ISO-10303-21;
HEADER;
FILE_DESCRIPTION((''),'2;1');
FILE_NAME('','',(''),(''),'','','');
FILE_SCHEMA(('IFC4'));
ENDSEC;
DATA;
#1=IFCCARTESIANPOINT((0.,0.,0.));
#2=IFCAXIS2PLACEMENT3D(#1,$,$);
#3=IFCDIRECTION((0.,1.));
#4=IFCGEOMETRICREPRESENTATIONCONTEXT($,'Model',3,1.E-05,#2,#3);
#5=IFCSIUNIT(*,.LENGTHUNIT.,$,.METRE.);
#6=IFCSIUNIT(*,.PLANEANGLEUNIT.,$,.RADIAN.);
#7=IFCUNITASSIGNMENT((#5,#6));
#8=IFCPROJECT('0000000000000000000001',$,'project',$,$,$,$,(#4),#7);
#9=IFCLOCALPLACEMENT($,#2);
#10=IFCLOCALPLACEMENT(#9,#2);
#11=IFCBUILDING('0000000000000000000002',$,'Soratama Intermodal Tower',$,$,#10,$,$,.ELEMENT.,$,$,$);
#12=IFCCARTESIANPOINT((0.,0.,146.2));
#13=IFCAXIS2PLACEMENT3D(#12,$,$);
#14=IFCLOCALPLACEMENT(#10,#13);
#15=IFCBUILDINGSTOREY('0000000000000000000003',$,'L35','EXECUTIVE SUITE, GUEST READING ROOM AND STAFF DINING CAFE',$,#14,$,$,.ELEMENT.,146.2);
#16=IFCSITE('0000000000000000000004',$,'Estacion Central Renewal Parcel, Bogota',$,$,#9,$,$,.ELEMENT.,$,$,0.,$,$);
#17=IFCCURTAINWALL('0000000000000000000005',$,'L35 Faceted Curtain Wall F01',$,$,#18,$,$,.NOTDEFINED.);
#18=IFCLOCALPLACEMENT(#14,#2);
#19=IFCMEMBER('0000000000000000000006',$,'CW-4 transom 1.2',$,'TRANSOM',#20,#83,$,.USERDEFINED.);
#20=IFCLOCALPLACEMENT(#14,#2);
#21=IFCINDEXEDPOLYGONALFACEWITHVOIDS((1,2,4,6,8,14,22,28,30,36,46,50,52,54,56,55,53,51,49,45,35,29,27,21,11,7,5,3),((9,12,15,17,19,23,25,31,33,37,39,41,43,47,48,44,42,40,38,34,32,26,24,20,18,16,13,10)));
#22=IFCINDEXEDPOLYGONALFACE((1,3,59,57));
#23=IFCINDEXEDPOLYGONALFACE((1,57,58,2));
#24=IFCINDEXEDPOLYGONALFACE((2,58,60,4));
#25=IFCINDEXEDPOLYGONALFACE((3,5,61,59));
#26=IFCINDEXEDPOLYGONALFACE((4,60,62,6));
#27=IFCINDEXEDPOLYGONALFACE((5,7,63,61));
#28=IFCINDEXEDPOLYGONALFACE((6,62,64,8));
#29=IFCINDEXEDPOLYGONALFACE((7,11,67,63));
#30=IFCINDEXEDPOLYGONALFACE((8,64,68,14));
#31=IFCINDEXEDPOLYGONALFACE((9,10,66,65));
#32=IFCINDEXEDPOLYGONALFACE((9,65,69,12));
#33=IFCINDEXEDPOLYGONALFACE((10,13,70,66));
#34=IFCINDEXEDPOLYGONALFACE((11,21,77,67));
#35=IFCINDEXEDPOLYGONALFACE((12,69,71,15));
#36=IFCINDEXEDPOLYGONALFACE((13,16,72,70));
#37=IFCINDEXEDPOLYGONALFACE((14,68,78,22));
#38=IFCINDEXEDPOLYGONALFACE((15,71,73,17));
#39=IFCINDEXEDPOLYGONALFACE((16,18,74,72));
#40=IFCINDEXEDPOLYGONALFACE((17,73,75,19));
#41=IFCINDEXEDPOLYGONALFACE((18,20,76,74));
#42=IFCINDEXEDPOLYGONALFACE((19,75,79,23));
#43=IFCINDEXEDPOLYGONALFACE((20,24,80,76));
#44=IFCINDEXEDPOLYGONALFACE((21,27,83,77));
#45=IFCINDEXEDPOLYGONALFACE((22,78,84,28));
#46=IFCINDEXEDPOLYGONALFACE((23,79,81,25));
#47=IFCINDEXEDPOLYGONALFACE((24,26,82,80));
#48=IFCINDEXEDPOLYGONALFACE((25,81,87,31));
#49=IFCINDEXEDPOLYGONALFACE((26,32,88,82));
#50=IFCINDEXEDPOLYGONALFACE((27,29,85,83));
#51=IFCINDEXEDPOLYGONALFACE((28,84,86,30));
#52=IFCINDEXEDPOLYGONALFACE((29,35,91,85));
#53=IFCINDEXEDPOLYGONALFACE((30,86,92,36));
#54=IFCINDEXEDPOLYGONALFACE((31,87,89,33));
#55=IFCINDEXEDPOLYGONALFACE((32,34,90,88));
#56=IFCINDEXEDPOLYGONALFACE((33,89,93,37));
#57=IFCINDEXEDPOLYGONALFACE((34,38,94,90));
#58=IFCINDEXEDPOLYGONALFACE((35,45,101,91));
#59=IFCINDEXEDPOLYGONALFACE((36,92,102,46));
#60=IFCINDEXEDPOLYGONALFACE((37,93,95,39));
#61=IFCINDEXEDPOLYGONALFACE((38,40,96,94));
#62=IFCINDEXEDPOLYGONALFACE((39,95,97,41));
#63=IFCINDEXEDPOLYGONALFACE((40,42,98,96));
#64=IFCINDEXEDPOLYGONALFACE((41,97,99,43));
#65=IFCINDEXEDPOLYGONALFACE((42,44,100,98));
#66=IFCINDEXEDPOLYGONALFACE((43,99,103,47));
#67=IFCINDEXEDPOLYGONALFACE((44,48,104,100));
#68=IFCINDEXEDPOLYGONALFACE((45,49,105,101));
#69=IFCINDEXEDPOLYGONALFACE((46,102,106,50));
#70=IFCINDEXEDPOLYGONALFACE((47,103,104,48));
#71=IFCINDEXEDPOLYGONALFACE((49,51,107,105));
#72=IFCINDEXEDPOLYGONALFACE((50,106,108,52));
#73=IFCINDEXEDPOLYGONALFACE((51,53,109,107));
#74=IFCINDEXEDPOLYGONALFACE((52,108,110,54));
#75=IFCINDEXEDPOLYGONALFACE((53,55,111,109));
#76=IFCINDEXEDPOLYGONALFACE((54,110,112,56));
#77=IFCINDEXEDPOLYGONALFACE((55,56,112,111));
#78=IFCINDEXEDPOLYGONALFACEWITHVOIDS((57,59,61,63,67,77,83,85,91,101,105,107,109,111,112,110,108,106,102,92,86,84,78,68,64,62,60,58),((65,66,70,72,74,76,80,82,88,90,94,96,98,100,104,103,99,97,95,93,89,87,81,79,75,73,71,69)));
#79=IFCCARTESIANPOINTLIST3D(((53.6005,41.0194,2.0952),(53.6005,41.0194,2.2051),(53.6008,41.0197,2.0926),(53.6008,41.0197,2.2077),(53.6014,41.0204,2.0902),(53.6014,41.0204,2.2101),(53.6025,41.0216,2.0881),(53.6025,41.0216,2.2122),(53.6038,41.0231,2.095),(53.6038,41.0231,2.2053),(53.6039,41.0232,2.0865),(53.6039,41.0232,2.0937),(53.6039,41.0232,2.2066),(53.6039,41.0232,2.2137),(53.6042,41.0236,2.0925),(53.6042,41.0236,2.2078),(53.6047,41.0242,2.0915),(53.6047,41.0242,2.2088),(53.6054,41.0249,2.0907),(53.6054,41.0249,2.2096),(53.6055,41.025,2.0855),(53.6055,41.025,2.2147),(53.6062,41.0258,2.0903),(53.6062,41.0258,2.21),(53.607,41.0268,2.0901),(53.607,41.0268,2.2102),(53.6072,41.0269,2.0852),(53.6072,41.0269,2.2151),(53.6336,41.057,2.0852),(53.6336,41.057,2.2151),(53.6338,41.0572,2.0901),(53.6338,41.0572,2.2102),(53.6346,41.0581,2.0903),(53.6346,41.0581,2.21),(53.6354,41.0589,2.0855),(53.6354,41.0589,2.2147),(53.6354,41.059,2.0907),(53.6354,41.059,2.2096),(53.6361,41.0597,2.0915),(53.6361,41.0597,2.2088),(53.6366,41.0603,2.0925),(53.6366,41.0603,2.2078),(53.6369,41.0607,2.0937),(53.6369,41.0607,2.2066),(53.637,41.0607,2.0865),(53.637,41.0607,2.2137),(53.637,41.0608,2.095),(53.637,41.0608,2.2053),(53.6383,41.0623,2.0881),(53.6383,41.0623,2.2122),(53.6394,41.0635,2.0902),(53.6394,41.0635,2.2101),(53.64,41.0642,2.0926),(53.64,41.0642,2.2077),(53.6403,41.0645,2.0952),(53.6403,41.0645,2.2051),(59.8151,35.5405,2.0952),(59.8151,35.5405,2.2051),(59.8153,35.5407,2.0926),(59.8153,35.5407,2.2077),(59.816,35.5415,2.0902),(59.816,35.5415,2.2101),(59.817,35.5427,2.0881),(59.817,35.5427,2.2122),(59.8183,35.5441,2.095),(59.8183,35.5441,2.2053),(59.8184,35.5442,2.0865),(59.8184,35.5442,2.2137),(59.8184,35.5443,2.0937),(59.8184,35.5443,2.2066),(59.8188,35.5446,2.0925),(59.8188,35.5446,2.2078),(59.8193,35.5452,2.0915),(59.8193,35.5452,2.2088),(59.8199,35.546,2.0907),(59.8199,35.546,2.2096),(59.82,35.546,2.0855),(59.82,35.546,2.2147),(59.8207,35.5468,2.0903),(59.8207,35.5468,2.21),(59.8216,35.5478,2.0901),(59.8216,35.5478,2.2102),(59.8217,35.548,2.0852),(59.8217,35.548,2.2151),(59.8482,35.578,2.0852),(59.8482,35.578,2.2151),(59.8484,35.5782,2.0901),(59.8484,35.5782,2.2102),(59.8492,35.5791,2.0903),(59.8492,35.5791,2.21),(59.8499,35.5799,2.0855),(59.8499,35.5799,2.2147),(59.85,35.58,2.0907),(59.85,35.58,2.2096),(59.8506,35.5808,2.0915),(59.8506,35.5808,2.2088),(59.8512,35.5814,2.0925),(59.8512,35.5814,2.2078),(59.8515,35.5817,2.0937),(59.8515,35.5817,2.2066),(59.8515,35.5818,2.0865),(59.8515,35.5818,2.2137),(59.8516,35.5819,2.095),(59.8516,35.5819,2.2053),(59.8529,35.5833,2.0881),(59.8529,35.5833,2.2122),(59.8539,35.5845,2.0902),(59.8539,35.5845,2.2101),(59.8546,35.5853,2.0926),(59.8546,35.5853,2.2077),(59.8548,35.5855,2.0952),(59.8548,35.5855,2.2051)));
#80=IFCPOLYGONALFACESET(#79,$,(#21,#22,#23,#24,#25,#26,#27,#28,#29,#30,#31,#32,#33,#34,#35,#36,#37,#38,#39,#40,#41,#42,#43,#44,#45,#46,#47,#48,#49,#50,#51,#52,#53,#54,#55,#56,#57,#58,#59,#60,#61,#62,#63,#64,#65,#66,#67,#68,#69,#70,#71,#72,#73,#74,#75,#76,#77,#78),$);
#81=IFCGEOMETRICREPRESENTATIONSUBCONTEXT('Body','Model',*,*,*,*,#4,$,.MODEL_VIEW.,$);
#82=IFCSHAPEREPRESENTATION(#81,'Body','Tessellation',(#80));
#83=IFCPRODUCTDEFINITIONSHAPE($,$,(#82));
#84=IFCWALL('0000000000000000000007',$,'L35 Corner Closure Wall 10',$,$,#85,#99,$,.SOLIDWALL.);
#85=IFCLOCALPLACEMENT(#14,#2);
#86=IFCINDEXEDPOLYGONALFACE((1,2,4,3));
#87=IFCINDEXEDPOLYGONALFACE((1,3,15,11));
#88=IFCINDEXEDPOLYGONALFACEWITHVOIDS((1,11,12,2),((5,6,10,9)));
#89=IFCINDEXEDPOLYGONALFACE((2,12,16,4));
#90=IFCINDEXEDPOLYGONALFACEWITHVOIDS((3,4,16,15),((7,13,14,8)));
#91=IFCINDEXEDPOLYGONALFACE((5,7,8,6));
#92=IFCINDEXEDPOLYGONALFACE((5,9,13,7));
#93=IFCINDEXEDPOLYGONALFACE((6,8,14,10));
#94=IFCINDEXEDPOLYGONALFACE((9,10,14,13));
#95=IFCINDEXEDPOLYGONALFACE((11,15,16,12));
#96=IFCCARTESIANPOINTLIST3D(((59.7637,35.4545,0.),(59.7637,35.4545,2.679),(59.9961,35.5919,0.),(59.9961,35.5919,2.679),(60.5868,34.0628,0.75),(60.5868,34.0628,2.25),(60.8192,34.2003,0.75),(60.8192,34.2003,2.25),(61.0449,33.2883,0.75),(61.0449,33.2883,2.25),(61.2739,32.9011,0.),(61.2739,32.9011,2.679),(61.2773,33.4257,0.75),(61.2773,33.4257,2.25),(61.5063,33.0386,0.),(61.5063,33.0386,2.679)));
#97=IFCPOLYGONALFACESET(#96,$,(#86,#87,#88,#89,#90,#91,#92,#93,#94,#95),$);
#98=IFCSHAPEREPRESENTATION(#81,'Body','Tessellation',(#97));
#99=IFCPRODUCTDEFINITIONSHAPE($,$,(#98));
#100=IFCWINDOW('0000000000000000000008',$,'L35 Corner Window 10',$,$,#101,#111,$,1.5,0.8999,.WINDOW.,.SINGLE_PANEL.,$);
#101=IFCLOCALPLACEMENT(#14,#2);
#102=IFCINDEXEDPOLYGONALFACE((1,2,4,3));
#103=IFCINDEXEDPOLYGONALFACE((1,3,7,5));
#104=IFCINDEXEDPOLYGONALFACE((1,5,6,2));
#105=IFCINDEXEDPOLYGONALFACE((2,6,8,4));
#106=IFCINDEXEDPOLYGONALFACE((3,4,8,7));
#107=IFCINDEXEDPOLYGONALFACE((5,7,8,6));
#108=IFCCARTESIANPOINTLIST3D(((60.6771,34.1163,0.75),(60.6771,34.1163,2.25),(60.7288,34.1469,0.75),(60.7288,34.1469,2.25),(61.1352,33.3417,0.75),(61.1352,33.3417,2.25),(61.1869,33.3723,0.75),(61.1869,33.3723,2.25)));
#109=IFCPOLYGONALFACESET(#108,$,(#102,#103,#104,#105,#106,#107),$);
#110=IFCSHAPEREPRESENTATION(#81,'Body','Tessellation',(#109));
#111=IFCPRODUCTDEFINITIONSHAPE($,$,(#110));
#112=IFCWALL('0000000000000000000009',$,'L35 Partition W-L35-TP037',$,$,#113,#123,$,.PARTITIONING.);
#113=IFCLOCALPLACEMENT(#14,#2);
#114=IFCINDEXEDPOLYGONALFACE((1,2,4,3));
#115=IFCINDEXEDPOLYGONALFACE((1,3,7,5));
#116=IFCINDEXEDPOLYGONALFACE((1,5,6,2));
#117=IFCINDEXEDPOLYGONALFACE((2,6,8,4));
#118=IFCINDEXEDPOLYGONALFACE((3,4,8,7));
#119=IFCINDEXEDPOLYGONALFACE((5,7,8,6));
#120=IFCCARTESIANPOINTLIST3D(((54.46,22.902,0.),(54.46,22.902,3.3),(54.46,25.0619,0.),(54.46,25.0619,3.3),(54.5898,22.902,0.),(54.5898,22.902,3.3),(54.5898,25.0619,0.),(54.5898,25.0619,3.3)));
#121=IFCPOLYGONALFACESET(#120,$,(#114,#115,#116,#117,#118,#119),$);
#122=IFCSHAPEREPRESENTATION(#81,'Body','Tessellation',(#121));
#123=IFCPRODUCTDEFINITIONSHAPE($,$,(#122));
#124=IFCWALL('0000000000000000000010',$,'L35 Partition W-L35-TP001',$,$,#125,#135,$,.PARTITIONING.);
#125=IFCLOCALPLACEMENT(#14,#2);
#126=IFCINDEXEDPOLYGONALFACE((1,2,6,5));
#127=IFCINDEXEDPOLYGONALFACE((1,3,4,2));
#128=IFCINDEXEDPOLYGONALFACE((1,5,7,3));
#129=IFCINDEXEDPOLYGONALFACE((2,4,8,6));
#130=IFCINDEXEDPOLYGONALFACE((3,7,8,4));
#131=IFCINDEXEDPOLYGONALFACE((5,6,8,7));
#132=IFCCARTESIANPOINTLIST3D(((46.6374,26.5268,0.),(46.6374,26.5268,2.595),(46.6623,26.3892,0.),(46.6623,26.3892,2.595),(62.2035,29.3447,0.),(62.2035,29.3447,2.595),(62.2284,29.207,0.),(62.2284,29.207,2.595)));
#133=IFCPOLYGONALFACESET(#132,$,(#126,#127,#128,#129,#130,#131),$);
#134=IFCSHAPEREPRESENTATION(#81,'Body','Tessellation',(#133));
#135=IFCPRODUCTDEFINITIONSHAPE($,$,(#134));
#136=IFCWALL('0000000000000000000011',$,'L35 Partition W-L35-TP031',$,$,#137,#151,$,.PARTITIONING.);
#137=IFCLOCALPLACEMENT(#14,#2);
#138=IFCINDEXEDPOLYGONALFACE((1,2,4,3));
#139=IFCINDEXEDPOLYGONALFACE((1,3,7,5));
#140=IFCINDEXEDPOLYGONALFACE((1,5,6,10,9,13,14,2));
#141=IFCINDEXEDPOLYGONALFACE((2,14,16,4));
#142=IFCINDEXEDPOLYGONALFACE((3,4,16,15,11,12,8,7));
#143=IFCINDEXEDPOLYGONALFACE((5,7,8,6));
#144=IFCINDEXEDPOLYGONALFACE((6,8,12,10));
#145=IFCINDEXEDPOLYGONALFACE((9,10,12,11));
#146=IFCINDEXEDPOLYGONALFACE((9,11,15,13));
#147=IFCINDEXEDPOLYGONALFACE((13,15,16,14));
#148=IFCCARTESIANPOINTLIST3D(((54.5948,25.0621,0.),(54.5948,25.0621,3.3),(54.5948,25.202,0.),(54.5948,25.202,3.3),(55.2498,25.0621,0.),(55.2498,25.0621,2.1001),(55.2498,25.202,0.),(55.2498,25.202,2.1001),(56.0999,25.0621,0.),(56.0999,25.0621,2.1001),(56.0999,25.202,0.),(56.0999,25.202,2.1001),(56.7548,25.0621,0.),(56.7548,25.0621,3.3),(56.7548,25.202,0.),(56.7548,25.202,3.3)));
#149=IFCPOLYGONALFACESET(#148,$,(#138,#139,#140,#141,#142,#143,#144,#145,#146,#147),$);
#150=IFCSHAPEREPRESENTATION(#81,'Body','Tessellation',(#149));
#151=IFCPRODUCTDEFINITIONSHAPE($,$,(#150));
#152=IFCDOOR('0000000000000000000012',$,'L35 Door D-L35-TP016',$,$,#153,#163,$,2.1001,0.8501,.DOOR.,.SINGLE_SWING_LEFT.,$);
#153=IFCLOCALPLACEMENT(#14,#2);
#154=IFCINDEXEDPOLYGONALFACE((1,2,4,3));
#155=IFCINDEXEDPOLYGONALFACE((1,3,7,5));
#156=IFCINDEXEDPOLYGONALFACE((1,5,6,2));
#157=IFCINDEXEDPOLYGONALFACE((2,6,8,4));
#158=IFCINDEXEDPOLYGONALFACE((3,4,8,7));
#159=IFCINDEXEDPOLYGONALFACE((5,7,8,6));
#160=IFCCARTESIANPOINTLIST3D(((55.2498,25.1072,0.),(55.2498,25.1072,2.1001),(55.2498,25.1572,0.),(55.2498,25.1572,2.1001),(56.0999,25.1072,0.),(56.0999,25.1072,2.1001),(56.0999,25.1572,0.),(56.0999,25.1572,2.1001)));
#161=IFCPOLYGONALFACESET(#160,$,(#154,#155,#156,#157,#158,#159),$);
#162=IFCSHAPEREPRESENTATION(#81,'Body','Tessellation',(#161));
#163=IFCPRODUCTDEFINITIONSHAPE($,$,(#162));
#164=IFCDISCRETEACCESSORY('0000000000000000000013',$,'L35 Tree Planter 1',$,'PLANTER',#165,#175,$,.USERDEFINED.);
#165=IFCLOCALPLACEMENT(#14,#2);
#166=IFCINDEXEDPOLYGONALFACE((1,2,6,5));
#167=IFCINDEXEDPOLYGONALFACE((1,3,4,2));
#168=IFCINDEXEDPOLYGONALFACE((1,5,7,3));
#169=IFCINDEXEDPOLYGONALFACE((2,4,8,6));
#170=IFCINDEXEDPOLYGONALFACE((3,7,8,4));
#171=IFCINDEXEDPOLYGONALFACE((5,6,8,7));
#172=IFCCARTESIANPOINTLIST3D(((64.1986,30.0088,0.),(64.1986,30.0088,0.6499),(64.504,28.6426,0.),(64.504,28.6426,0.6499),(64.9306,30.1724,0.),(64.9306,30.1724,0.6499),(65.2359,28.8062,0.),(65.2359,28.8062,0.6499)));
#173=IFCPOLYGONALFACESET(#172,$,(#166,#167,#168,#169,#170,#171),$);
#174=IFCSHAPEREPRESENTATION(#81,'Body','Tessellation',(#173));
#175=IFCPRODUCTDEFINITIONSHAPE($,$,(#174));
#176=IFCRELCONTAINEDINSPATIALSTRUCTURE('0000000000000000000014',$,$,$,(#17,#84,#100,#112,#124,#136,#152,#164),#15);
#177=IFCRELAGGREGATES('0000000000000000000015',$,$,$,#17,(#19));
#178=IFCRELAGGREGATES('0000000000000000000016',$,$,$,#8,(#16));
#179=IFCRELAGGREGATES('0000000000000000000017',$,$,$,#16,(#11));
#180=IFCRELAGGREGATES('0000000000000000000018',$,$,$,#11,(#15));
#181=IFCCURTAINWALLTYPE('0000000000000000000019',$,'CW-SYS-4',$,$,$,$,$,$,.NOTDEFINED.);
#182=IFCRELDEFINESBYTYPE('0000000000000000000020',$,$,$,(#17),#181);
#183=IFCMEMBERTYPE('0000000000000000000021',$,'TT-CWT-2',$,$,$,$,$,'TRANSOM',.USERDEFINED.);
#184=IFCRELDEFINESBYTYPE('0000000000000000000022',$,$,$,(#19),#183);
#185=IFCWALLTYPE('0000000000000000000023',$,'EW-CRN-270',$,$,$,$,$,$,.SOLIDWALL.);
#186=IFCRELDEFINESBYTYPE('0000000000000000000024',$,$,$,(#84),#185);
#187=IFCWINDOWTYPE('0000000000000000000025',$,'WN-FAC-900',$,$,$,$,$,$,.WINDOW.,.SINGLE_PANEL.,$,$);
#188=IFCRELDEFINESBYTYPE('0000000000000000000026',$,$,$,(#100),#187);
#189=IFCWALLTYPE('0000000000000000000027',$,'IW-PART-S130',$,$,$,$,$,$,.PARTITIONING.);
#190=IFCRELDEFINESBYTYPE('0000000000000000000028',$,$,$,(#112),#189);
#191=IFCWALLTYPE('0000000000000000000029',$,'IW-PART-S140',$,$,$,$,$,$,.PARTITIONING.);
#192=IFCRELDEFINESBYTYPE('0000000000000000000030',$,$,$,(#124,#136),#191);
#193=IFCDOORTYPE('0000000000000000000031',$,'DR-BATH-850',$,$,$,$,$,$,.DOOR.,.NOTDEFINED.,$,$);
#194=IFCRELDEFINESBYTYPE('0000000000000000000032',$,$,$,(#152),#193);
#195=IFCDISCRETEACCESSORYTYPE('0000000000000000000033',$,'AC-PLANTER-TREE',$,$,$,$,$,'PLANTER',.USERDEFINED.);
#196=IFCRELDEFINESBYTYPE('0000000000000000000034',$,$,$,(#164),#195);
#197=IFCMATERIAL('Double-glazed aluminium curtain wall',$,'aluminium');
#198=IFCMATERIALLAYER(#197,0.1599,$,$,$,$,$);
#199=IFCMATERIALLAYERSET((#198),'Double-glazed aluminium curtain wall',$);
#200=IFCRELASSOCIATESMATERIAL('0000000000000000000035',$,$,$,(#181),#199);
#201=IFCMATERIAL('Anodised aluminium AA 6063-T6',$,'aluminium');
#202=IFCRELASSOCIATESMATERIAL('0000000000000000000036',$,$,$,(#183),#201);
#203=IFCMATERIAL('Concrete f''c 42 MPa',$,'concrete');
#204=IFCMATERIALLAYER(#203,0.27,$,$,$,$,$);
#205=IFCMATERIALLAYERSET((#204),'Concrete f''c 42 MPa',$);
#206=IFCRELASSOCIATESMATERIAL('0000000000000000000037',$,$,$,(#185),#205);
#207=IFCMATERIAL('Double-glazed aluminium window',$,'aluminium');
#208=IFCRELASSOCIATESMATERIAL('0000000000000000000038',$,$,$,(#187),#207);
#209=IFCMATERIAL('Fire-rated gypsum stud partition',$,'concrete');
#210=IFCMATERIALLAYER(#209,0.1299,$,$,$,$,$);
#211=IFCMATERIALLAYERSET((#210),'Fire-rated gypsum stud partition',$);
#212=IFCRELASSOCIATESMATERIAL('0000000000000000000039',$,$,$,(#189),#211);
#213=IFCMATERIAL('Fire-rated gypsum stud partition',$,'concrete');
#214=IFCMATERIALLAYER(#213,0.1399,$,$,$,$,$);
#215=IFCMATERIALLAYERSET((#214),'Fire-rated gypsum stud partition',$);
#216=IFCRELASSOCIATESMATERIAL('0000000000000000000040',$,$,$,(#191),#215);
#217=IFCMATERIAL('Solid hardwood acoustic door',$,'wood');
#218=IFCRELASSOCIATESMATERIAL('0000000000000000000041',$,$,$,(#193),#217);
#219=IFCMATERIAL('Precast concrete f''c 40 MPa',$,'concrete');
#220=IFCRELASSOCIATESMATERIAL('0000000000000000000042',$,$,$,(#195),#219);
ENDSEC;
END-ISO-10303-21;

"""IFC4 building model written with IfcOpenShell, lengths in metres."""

from ifc_helpers import new_model, si_unit, direction, frame, frame_2d, origin, origin_2d, place, context, subcontext, project, spatial, rectangle, hollow_rectangle, extrude, material, layer, layer_set, material_profile, profile_set, type_object, element, fill, aggregate, save


model = new_model("IFC4")

# Units and contexts
model_context = context("Model", 3, precision=1e-05, world=origin(), true_north=direction((0.0, 1.0)))
body_context = subcontext(model_context, "Body", "Model", "MODEL_VIEW")
ifc_project = project(units=[si_unit("LENGTHUNIT", "METRE"), si_unit("PLANEANGLEUNIT", "RADIAN")], contexts=[model_context])

# Site, building, storey
site_placement = place(None, origin())
site = spatial("IfcSite", under=ifc_project, at=site_placement, Name="Estacion Central Renewal Parcel, Bogota", CompositionType="ELEMENT", RefElevation=0.0)
building_placement = place(site_placement, origin())
building = spatial("IfcBuilding", under=site, at=building_placement, Name="Soratama Intermodal Tower", CompositionType="ELEMENT")
storey_placement = place(building_placement, frame((0.0, 0.0, 146.2)))
storey = spatial("IfcBuildingStorey", under=building, at=storey_placement, Name="L35", Description="EXECUTIVE SUITE, GUEST READING ROOM AND STAFF DINING CAFE", CompositionType="ELEMENT", Elevation=146.2)

# Curtain wall, member
ifc_material_1 = material(Name="Double-glazed aluminium curtain wall", Category="aluminium")
ifc_layer_1 = layer(ifc_material_1, 0.1599)
ifc_layer_set_1 = layer_set([ifc_layer_1], Name="Double-glazed aluminium curtain wall")
curtain_wall_type = type_object("IfcCurtainWallType", Name="CW-SYS-4", PredefinedType="NOTDEFINED", material=ifc_layer_set_1)
curtain_wall_placement = place(storey_placement, origin())
curtain_wall = element("IfcCurtainWall", 1, at=curtain_wall_placement, inside=storey, type_object=curtain_wall_type, Name="L35 Faceted Curtain Wall F01", PredefinedType="NOTDEFINED")
ifc_material_2 = material(Name="Anodised aluminium AA 6063-T6", Category="aluminium")
ifc_material_profile_1 = material_profile(ifc_material_2, hollow_rectangle(XDim=0.0601, YDim=0.1299, WallThickness=0.0049, InnerFilletRadius=0.0049, OuterFilletRadius=0.01, at=origin_2d()), Name="CWT130X60X5")
ifc_profile_set_1 = profile_set([ifc_material_profile_1], Name="Anodised aluminium AA 6063-T6")
member_type_1 = type_object("IfcMemberType", Name="TT-CWT-2", ElementType="TRANSOM", PredefinedType="USERDEFINED", material=ifc_profile_set_1)
member_1_placement = place(storey_placement, frame((59.835, 35.563, 2.1501), z_axis=(-0.750105, 0.661318, 0.0), x_axis=(-0.661318, -0.750105, 0.0)))
member_1 = element("IfcMember", 2, at=member_1_placement, type_object=member_type_1, Name="CW-4 transom 1.2", ObjectType="TRANSOM", PredefinedType="USERDEFINED", context=body_context, shape_type="SweptSolid", body=[
    extrude(hollow_rectangle(XDim=0.0601, YDim=0.1299, WallThickness=0.0049, InnerFilletRadius=0.0049, OuterFilletRadius=0.01, at=origin_2d()), origin(), (0.0, 0.0, 1.0), 8.2849),
])
aggregate(curtain_wall, [member_1])

# Wall, opening, window
ifc_material_3 = material(Name="Concrete f'c 42 MPa", Category="concrete")
ifc_layer_2 = layer(ifc_material_3, 0.27)
ifc_layer_set_2 = layer_set([ifc_layer_2], Name="Concrete f'c 42 MPa")
wall_type_1 = type_object("IfcWallType", Name="EW-CRN-270", PredefinedType="SOLIDWALL", material=ifc_layer_set_2)
wall_1_placement = place(storey_placement, frame((61.3901, 32.9697, 0.0), z_axis=(0.0, 0.0, 1.0), x_axis=(-0.509076, 0.860722, 0.0)))
wall_1 = element("IfcWall", 3, at=wall_1_placement, inside=storey, type_object=wall_type_1, Name="L35 Corner Closure Wall 10", PredefinedType="SOLIDWALL", context=body_context, shape_type="SweptSolid", body=[
    extrude(rectangle(XDim=2.9666, YDim=0.27, at=frame_2d((1.4834, 0.0))), origin(), (0.0, 0.0, 1.0), 2.679),
])
opening_1_placement = place(wall_1_placement, frame((0.45, 0.0, 0.75)))
opening_1 = element("IfcOpeningElement", 4, at=opening_1_placement, cuts=wall_1, PredefinedType="OPENING", context=body_context, shape_type="SweptSolid", body=[
    extrude(rectangle(XDim=0.8999, YDim=1.5, at=frame_2d((0.45, 0.75))), frame((0.0, 0.145, 0.0), z_axis=(0.0, -1.0, 0.0), x_axis=(1.0, 0.0, 0.0)), (0.0, 0.0, 1.0), 0.29),
])
ifc_material_4 = material(Name="Double-glazed aluminium window", Category="aluminium")
window_type_1 = type_object("IfcWindowType", Name="WN-FAC-900", PartitioningType="SINGLE_PANEL", PredefinedType="WINDOW", material=ifc_material_4)
window_1_placement = place(opening_1_placement, origin())
window_1 = element("IfcWindow", 5, at=window_1_placement, inside=storey, type_object=window_type_1, Name="L35 Corner Window 10", OverallHeight=1.5, OverallWidth=0.8999, PartitioningType="SINGLE_PANEL", PredefinedType="WINDOW", context=body_context, shape_type="SweptSolid", body=[
    extrude(rectangle(XDim=0.8999, YDim=1.5, at=frame_2d((0.45, 0.75))), frame((0.0, 0.03, 0.0), z_axis=(0.0, -1.0, 0.0), x_axis=(1.0, 0.0, 0.0)), (0.0, 0.0, 1.0), 0.0601),
])
fill(opening_1, window_1)

# Walls
ifc_material_5 = material(Name="Fire-rated gypsum stud partition", Category="concrete")
ifc_layer_3 = layer(ifc_material_5, 0.1299)
ifc_layer_set_3 = layer_set([ifc_layer_3], Name="Fire-rated gypsum stud partition")
wall_type_2 = type_object("IfcWallType", Name="IW-PART-S130", PredefinedType="PARTITIONING", material=ifc_layer_set_3)
wall_2_placement = place(storey_placement, frame((54.5249, 25.062, 0.0), z_axis=(0.0, 0.0, 1.0), x_axis=(0.0, -1.0, 0.0)))
element("IfcWall", 6, at=wall_2_placement, inside=storey, type_object=wall_type_2, Name="L35 Partition W-L35-TP037", PredefinedType="PARTITIONING", context=body_context, shape_type="SweptSolid", body=[
    extrude(rectangle(XDim=2.1599, YDim=0.1299, at=frame_2d((1.0801, 0.0))), origin(), (0.0, 0.0, 1.0), 3.3),
])
ifc_material_6 = material(Name="Fire-rated gypsum stud partition", Category="concrete")
ifc_layer_4 = layer(ifc_material_6, 0.1399)
ifc_layer_set_4 = layer_set([ifc_layer_4], Name="Fire-rated gypsum stud partition")
wall_type_3 = type_object("IfcWallType", Name="IW-PART-S140", PredefinedType="PARTITIONING", material=ifc_layer_set_4)
wall_3_placement = place(storey_placement, frame((62.2161, 29.2759, 0.0), z_axis=(0.0, 0.0, 1.0), x_axis=(-0.984007, -0.17813, 0.0)))
element("IfcWall", 7, at=wall_3_placement, inside=storey, type_object=wall_type_3, Name="L35 Partition W-L35-TP001", PredefinedType="PARTITIONING", context=body_context, shape_type="SweptSolid", body=[
    extrude(rectangle(XDim=15.8191, YDim=0.1399, at=frame_2d((7.9097, 0.0))), origin(), (0.0, 0.0, 1.0), 2.595),
])

# Wall, opening, door
wall_4_placement = place(storey_placement, frame((56.7549, 25.1321, 0.0), z_axis=(0.0, 0.0, 1.0), x_axis=(-1.0, 0.0, 0.0)))
wall_4 = element("IfcWall", 8, at=wall_4_placement, inside=storey, type_object=wall_type_3, Name="L35 Partition W-L35-TP031", PredefinedType="PARTITIONING", context=body_context, shape_type="SweptSolid", body=[
    extrude(rectangle(XDim=2.1599, YDim=0.1399, at=frame_2d((1.0801, 0.0))), origin(), (0.0, 0.0, 1.0), 3.3),
])
opening_2_placement = place(wall_4_placement, frame((0.655, 0.0, 0.0)))
opening_2 = element("IfcOpeningElement", 9, at=opening_2_placement, cuts=wall_4, PredefinedType="OPENING", context=body_context, shape_type="SweptSolid", body=[
    extrude(rectangle(XDim=0.8501, YDim=2.1001, at=frame_2d((0.425, 1.05))), frame((0.0, 0.0798, 0.0), z_axis=(0.0, -1.0, 0.0), x_axis=(1.0, 0.0, 0.0)), (0.0, 0.0, 1.0), 0.1599),
])
ifc_material_7 = material(Name="Solid hardwood acoustic door", Category="wood")
door_type_1 = type_object("IfcDoorType", Name="DR-BATH-850", OperationType="NOTDEFINED", PredefinedType="DOOR", material=ifc_material_7)
door_1_placement = place(opening_2_placement, origin())
door_1 = element("IfcDoor", 10, at=door_1_placement, inside=storey, type_object=door_type_1, Name="L35 Door D-L35-TP016", OperationType="SINGLE_SWING_LEFT", OverallHeight=2.1001, OverallWidth=0.8501, PredefinedType="DOOR", context=body_context, shape_type="SweptSolid", body=[
    extrude(rectangle(XDim=0.8501, YDim=2.1001, at=frame_2d((0.425, 1.05))), frame((0.0, 0.0249, 0.0), z_axis=(0.0, -1.0, 0.0), x_axis=(1.0, 0.0, 0.0)), (0.0, 0.0, 1.0), 0.05),
])
fill(opening_2, door_1)

# Discrete accessory
ifc_material_8 = material(Name="Precast concrete f'c 40 MPa", Category="concrete")
discrete_accessory_type = type_object("IfcDiscreteAccessoryType", Name="AC-PLANTER-TREE", ElementType="PLANTER", PredefinedType="USERDEFINED", material=ifc_material_8)
discrete_accessory_placement = place(storey_placement, frame((64.7173, 29.4075, 0.0), z_axis=(0.0, 0.0, 1.0), x_axis=(0.975917, 0.218143, 0.0)))
element("IfcDiscreteAccessory", 11, at=discrete_accessory_placement, inside=storey, type_object=discrete_accessory_type, Name="L35 Tree Planter 1", ObjectType="PLANTER", PredefinedType="USERDEFINED", context=body_context, shape_type="SweptSolid", body=[
    extrude(rectangle(XDim=0.75, YDim=1.3999, at=origin_2d()), origin(), (0.0, 0.0, 1.0), 0.6499),
])

save(model, "model.ifc")
